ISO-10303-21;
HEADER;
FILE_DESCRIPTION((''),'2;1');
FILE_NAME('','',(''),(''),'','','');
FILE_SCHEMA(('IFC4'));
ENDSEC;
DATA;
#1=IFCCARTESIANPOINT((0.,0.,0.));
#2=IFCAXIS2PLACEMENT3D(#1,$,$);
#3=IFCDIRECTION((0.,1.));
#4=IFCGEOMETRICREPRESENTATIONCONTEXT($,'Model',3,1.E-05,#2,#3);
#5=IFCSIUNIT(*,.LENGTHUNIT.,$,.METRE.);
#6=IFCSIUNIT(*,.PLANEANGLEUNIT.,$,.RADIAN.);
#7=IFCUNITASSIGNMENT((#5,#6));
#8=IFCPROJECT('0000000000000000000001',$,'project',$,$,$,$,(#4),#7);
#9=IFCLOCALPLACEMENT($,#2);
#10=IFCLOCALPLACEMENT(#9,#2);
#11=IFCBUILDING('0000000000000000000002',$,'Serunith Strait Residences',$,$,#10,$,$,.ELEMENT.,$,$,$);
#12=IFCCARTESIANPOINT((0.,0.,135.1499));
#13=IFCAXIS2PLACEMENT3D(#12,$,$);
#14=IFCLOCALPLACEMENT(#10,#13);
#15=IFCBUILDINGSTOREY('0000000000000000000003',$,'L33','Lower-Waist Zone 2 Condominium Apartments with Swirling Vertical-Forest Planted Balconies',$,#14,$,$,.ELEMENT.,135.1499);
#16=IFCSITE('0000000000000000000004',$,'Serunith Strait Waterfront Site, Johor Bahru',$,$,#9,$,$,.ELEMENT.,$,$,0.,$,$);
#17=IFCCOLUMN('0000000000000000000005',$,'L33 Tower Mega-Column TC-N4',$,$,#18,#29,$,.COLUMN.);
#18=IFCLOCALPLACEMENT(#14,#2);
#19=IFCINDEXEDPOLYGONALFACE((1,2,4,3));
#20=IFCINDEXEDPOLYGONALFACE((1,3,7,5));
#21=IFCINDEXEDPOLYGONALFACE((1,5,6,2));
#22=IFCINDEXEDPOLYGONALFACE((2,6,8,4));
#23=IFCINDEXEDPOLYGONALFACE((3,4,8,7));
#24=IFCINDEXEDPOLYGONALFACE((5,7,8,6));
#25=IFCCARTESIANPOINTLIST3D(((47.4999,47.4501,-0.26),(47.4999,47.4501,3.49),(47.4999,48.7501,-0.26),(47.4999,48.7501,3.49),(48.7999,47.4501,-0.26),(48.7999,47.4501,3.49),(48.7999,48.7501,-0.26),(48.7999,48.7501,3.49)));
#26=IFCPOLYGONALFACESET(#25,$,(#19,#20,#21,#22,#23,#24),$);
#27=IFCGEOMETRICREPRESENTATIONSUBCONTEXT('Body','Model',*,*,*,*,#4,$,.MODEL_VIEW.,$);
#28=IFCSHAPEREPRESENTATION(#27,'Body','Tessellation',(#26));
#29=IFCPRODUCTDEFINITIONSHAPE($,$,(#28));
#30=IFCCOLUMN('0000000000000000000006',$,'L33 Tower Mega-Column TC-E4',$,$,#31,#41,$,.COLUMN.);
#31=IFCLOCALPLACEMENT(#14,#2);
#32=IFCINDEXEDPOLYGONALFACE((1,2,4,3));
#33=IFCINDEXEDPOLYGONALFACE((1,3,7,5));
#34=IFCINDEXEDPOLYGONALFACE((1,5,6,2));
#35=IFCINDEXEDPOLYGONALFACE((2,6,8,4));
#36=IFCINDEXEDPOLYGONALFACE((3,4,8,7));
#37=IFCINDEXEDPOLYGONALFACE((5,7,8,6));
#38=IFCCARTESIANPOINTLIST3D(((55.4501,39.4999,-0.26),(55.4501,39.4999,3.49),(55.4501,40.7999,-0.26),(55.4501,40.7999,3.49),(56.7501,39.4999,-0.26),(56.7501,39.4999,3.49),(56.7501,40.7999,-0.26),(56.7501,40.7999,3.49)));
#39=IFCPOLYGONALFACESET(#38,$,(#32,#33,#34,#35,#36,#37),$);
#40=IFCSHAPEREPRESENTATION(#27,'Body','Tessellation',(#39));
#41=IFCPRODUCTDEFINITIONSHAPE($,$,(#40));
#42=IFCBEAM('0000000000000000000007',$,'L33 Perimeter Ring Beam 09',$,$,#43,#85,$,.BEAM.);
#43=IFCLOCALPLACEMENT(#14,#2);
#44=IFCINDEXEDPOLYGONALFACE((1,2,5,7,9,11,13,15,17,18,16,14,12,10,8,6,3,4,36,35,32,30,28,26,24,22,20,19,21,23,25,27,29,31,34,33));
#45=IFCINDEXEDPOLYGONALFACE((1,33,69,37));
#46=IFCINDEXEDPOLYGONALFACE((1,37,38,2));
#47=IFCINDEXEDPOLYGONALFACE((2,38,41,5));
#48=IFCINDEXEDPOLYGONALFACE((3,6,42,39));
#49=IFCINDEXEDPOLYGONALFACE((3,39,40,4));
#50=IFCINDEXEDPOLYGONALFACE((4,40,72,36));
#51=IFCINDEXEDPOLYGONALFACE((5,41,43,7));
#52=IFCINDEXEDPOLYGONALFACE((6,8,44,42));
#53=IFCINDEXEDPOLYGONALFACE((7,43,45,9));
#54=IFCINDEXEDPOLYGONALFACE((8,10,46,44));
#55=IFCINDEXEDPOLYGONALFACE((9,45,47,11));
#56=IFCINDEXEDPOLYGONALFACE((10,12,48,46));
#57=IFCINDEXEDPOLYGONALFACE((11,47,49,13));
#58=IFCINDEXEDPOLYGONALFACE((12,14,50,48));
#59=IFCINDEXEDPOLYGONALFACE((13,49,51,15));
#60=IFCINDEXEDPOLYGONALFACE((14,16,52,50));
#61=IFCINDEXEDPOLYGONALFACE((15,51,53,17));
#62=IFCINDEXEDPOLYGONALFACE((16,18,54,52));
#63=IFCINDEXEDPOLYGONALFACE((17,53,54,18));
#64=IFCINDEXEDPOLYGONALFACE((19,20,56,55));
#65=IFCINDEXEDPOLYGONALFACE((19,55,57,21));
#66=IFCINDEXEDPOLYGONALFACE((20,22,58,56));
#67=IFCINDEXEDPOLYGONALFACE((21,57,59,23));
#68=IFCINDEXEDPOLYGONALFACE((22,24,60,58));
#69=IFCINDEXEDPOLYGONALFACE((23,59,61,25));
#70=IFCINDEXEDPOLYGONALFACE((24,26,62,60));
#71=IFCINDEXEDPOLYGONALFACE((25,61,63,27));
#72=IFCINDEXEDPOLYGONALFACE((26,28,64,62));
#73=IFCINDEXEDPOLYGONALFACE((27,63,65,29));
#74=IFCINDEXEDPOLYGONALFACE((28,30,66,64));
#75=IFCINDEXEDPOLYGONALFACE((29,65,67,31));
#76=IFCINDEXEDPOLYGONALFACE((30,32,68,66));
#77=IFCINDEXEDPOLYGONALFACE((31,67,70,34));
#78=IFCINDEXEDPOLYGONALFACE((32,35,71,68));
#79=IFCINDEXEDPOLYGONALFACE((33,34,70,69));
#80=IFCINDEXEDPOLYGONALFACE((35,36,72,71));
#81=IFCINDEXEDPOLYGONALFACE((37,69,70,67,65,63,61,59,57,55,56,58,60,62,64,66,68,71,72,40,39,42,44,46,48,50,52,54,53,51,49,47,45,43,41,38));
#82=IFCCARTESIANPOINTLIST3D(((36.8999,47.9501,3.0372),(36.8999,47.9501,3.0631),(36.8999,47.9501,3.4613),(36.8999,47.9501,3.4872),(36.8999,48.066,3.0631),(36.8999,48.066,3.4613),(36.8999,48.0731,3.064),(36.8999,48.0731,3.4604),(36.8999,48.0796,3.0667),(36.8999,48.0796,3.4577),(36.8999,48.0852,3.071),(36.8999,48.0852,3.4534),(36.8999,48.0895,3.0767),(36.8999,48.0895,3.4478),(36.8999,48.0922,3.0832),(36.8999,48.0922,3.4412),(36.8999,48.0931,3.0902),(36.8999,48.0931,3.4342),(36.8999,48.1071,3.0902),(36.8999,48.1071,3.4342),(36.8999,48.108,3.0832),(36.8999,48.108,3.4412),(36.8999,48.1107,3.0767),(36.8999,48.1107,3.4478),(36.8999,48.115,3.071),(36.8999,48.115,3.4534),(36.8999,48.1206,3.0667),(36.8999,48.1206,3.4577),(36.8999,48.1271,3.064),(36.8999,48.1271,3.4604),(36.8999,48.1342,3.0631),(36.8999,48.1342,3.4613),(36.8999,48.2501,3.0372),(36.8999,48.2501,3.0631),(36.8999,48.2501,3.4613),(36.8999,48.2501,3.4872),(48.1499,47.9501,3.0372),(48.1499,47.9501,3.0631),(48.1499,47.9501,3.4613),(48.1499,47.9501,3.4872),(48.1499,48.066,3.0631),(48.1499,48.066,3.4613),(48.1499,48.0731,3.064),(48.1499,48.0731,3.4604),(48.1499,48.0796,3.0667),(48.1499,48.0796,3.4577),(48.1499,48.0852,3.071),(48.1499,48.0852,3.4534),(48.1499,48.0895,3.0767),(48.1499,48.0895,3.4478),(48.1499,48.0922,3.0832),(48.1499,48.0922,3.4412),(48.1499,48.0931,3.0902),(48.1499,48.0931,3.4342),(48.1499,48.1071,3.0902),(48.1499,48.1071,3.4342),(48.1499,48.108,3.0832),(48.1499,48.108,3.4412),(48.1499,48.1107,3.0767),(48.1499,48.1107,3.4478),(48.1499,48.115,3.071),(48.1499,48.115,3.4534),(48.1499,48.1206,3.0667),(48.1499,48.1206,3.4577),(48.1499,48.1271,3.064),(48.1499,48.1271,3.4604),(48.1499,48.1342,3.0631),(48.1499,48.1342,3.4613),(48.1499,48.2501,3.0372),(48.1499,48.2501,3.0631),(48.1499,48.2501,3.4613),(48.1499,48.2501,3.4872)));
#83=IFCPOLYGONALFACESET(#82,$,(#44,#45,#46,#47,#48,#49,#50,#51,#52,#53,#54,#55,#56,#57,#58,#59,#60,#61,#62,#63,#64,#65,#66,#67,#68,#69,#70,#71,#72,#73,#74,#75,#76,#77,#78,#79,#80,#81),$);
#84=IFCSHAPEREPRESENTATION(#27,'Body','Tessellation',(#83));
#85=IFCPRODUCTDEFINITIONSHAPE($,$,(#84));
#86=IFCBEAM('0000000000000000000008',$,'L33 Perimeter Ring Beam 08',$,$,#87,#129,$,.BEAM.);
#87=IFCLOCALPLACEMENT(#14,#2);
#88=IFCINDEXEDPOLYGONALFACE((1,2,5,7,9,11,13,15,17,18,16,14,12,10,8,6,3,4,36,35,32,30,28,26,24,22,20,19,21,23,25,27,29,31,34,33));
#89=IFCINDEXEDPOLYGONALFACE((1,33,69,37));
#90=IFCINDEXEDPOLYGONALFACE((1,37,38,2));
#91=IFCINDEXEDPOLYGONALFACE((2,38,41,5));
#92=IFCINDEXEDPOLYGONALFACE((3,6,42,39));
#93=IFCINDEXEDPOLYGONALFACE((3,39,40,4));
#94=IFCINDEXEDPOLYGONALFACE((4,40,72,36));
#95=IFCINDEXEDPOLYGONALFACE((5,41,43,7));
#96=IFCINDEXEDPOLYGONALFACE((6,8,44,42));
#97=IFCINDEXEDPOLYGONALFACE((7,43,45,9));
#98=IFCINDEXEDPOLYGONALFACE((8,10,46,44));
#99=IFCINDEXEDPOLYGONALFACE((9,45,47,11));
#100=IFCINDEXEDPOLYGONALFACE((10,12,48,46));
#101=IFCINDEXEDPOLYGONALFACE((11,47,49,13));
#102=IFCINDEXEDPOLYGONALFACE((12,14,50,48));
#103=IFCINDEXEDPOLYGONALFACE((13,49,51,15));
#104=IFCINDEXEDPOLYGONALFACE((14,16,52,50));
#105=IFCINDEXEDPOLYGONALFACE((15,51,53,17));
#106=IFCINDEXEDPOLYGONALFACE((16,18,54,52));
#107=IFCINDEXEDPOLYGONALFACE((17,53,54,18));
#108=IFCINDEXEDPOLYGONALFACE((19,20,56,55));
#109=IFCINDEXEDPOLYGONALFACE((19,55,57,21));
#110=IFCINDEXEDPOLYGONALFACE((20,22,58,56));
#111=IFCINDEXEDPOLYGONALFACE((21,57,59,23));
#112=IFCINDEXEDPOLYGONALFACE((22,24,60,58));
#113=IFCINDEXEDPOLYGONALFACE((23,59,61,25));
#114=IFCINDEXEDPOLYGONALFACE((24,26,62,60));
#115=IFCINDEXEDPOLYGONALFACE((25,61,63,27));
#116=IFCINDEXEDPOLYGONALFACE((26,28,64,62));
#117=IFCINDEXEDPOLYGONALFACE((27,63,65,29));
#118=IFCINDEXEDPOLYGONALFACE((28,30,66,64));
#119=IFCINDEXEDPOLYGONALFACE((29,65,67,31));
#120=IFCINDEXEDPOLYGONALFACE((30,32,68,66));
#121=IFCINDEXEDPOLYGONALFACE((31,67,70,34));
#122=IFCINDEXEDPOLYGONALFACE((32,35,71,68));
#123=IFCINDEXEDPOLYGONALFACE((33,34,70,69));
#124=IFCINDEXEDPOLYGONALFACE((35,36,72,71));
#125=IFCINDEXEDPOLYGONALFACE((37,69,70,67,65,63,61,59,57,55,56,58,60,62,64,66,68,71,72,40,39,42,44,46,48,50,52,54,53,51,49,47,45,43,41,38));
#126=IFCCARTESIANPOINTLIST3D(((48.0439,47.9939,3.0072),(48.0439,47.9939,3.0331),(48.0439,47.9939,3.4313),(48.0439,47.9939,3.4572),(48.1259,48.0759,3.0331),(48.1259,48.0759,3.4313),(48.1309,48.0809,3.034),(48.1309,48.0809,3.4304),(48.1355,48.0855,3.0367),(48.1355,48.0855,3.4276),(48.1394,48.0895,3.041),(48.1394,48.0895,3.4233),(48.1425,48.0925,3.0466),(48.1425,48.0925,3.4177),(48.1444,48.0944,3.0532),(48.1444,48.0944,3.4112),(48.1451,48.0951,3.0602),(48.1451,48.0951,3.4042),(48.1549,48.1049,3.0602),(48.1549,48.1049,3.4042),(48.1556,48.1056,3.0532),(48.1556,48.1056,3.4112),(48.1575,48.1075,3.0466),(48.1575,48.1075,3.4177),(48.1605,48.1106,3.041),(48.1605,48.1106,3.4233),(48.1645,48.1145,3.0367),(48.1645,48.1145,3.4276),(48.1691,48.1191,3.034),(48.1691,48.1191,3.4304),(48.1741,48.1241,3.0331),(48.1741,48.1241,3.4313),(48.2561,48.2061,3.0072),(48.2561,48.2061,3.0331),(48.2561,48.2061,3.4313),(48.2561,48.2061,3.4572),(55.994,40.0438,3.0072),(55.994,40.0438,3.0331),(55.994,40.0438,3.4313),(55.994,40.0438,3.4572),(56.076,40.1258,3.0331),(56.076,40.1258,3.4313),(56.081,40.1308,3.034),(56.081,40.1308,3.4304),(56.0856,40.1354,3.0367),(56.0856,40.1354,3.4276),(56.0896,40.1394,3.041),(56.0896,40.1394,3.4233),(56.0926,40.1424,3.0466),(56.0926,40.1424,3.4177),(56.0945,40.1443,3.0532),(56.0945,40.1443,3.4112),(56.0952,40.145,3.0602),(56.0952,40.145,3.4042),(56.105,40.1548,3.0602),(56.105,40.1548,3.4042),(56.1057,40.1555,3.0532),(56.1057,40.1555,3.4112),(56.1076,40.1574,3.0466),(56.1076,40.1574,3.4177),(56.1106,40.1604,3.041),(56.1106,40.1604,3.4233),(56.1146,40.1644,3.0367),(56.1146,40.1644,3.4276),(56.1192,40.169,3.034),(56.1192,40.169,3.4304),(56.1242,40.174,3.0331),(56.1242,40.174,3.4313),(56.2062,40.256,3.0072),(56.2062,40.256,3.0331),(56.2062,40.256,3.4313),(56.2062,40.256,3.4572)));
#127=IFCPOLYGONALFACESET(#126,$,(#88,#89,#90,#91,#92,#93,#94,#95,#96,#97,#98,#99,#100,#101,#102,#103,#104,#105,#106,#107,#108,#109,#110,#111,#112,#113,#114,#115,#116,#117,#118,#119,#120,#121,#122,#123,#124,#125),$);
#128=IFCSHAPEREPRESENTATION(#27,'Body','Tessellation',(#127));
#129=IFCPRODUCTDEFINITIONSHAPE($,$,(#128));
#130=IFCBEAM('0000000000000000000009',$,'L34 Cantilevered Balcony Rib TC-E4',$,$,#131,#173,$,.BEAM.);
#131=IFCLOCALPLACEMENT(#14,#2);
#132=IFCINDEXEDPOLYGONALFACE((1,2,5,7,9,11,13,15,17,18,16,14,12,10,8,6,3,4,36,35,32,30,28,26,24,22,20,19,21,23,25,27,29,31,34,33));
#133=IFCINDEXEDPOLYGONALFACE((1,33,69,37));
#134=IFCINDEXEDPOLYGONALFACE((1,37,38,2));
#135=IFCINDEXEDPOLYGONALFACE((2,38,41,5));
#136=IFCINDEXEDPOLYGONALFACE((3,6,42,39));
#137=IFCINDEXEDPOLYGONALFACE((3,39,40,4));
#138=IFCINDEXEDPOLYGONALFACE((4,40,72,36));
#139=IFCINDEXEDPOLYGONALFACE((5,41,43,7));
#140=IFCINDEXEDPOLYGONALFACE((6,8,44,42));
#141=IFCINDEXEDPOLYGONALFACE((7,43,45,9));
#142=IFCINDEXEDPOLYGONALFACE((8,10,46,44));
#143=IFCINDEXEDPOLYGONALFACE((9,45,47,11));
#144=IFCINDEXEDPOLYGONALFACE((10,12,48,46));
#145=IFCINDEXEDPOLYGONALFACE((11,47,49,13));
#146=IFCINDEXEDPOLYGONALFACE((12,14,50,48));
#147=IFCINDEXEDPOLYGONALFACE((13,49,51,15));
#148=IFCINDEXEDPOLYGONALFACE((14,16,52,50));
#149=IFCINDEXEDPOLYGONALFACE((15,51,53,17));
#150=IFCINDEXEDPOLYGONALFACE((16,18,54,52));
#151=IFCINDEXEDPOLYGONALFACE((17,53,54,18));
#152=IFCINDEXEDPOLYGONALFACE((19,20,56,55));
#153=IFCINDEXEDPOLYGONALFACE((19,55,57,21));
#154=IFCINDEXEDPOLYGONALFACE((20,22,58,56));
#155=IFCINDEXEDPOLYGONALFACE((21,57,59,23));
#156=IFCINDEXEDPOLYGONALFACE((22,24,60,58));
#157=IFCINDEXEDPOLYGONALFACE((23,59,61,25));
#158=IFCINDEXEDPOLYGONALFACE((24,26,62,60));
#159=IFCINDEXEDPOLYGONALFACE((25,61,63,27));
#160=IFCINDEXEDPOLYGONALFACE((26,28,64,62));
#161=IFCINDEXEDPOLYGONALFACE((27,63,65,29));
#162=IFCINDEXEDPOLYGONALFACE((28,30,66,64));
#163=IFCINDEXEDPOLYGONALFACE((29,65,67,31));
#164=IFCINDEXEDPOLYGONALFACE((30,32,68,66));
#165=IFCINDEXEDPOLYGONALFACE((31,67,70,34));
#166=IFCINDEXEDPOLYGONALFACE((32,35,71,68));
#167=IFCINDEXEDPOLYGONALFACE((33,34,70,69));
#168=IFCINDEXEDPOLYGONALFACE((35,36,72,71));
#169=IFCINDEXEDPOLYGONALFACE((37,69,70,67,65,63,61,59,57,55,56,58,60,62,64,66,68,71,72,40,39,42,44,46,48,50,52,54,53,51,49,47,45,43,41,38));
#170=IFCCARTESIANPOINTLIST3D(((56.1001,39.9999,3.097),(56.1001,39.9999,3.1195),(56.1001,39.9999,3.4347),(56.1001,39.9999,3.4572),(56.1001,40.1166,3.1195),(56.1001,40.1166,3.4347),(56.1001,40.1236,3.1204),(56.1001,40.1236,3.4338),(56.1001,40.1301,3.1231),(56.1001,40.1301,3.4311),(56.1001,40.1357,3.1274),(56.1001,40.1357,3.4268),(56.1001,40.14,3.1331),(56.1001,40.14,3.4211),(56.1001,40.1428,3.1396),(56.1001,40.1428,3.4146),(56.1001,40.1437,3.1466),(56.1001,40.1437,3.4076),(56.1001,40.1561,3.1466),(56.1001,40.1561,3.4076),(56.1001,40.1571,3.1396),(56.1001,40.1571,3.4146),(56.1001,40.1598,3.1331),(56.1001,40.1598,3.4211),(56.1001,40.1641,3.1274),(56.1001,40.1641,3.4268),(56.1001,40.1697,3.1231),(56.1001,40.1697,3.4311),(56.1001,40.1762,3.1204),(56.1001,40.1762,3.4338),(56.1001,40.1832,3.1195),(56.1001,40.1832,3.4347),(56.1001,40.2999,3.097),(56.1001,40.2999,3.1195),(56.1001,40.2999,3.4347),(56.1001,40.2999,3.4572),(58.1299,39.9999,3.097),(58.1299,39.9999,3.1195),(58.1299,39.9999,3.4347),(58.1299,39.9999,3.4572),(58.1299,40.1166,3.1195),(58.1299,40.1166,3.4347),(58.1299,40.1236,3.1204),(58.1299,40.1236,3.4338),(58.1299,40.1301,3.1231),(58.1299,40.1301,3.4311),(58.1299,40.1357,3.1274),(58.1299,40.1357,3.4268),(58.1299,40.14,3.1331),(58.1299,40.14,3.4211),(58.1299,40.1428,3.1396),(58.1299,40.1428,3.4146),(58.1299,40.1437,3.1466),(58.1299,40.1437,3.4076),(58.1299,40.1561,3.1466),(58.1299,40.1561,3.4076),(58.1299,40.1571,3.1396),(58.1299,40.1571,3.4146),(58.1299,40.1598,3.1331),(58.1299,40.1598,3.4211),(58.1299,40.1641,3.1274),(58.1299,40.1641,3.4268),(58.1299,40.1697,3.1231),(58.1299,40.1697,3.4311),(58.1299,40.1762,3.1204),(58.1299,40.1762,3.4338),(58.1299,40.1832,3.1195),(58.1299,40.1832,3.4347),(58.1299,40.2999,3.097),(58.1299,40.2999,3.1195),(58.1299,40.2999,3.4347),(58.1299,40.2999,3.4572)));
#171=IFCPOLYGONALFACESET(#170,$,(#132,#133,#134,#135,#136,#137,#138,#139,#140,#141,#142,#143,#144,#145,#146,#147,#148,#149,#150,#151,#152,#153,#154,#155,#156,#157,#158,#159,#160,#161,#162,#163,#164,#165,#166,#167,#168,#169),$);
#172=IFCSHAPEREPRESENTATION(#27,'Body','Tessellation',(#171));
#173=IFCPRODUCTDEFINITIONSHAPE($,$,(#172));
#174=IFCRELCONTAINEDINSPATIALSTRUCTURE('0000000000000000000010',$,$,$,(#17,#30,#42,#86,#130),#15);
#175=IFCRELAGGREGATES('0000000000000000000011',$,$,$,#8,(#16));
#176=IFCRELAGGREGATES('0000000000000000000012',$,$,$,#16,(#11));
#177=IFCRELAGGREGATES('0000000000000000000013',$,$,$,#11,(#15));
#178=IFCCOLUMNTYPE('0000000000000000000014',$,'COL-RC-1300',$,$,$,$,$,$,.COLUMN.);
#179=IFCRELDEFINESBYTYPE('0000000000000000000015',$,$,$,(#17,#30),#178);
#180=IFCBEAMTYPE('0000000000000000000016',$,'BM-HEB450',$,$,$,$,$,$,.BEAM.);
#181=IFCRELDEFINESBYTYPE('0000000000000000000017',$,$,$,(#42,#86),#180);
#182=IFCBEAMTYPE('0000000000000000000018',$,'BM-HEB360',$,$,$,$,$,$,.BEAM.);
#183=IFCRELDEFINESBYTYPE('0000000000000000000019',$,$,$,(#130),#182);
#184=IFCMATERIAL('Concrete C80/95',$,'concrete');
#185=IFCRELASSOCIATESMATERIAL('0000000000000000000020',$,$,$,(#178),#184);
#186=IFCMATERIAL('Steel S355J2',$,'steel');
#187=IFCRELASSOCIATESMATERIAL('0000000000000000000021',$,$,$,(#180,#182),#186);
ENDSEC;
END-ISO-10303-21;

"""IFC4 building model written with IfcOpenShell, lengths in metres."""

from ifc_helpers import new_model, si_unit, direction, frame, origin, origin_2d, place, context, subcontext, project, spatial, rectangle, i_section, extrude, source, transform, mapped, material, material_profile, profile_set, type_object, element, save


model = new_model("IFC4")

# Units and contexts
model_context = context("Model", 3, precision=1e-05, world=origin(), true_north=direction((0.0, 1.0)))
body_context = subcontext(model_context, "Body", "Model", "MODEL_VIEW")
ifc_project = project(units=[si_unit("LENGTHUNIT", "METRE"), si_unit("PLANEANGLEUNIT", "RADIAN")], contexts=[model_context])

# Site, building, storey
site_placement = place(None, origin())
site = spatial("IfcSite", under=ifc_project, at=site_placement, Name="Serunith Strait Waterfront Site, Johor Bahru", CompositionType="ELEMENT", RefElevation=0.0)
building_placement = place(site_placement, origin())
building = spatial("IfcBuilding", under=site, at=building_placement, Name="Serunith Strait Residences", CompositionType="ELEMENT")
storey_placement = place(building_placement, frame((0.0, 0.0, 135.1499)))
storey = spatial("IfcBuildingStorey", under=building, at=storey_placement, Name="L33", Description="Lower-Waist Zone 2 Condominium Apartments with Swirling Vertical-Forest Planted Balconies", CompositionType="ELEMENT", Elevation=135.1499)

# Columns
ifc_material_1 = material(Name="Concrete C80/95", Category="concrete")
ifc_material_profile_1 = material_profile(ifc_material_1, rectangle(XDim=1.3, YDim=1.3, at=origin_2d()), Name="RC 1300x1300")
ifc_profile_set_1 = profile_set([ifc_material_profile_1], Name="Concrete C80/95")
column_type = type_object("IfcColumnType", Name="COL-RC-1300", PredefinedType="COLUMN", material=ifc_profile_set_1)
shared_shape_1 = source(origin(), body_context, "Body", "SweptSolid", [
    extrude(rectangle(XDim=1.3, YDim=1.3, at=origin_2d()), origin(), (0.0, 0.0, 1.0), 3.75),
])
for number, where, z_axis, x_axis, name in (
    (1, (48.1499, 48.1001, -0.26), (0.0, 0.0, 1.0), (1.0, 0.0, 0.0), "L33 Tower Mega-Column TC-N4"),
    (2, (56.1001, 40.1499, -0.26), (0.0, 0.0, 1.0), (1.0, 0.0, 0.0), "L33 Tower Mega-Column TC-E4"),
):
    element("IfcColumn", number, at=place(storey_placement, frame(where, z_axis=z_axis, x_axis=x_axis)), inside=storey, type_object=column_type, Name=name, PredefinedType="COLUMN", context=body_context, shape_type="MappedRepresentation", body=[
        mapped(shared_shape_1, transform((0.0, 0.0, 0.0), scale=1.0)),
    ])

# Beams
ifc_material_2 = material(Name="Steel S355J2", Category="steel")
ifc_material_profile_2 = material_profile(ifc_material_2, i_section(OverallWidth=0.3, OverallDepth=0.45, WebThickness=0.0139, FlangeThickness=0.0259, FilletRadius=0.0271, at=origin_2d()), Name="HEB 450")
ifc_profile_set_2 = profile_set([ifc_material_profile_2], Name="Steel S355J2")
beam_type_1 = type_object("IfcBeamType", Name="BM-HEB450", PredefinedType="BEAM", material=ifc_profile_set_2)
shared_shape_2 = source(origin(), body_context, "Body", "SweptSolid", [
    extrude(i_section(OverallWidth=0.3, OverallDepth=0.45, WebThickness=0.0139, FlangeThickness=0.0259, FilletRadius=0.0271, at=origin_2d()), origin(), (0.0, 0.0, 1.0), 11.25),
])
beam_1_placement = place(storey_placement, frame((48.1499, 48.1001, 3.2622), z_axis=(-1.0, 0.0, 0.0), x_axis=(0.0, -1.0, 0.0)))
element("IfcBeam", 3, at=beam_1_placement, inside=storey, type_object=beam_type_1, Name="L33 Perimeter Ring Beam 09", PredefinedType="BEAM", context=body_context, shape_type="MappedRepresentation", body=[
    mapped(shared_shape_2, transform((0.0, 0.0, 0.0), scale=1.0)),
])
shared_shape_3 = source(origin(), body_context, "Body", "SweptSolid", [
    extrude(i_section(OverallWidth=0.3, OverallDepth=0.45, WebThickness=0.0139, FlangeThickness=0.0259, FilletRadius=0.0271, at=origin_2d()), origin(), (0.0, 0.0, 1.0), 11.2432),
])
beam_2_placement = place(storey_placement, frame((56.1001, 40.1499, 3.2322), z_axis=(-0.707107, 0.707107, 0.0), x_axis=(-0.707107, -0.707107, 0.0)))
element("IfcBeam", 4, at=beam_2_placement, inside=storey, type_object=beam_type_1, Name="L33 Perimeter Ring Beam 08", PredefinedType="BEAM", context=body_context, shape_type="MappedRepresentation", body=[
    mapped(shared_shape_3, transform((0.0, 0.0, 0.0), scale=1.0)),
])
ifc_material_profile_3 = material_profile(ifc_material_2, i_section(OverallWidth=0.3, OverallDepth=0.3601, WebThickness=0.0125, FlangeThickness=0.0225, FilletRadius=0.0271, at=origin_2d()), Name="HEB 360")
ifc_profile_set_3 = profile_set([ifc_material_profile_3], Name="Steel S355J2")
beam_type_2 = type_object("IfcBeamType", Name="BM-HEB360", PredefinedType="BEAM", material=ifc_profile_set_3)
shared_shape_4 = source(origin(), body_context, "Body", "SweptSolid", [
    extrude(i_section(OverallWidth=0.3, OverallDepth=0.3601, WebThickness=0.0125, FlangeThickness=0.0225, FilletRadius=0.0271, at=origin_2d()), origin(), (0.0, 0.0, 1.0), 2.0298),
])
beam_3_placement = place(storey_placement, frame((56.1001, 40.1499, 3.2771), z_axis=(1.0, 0.0, 0.0), x_axis=(0.0, 1.0, 0.0)))
element("IfcBeam", 5, at=beam_3_placement, inside=storey, type_object=beam_type_2, Name="L34 Cantilevered Balcony Rib TC-E4", PredefinedType="BEAM", context=body_context, shape_type="MappedRepresentation", body=[
    mapped(shared_shape_4, transform((0.0, 0.0, 0.0), scale=1.0)),
])

save(model, "model.ifc")
